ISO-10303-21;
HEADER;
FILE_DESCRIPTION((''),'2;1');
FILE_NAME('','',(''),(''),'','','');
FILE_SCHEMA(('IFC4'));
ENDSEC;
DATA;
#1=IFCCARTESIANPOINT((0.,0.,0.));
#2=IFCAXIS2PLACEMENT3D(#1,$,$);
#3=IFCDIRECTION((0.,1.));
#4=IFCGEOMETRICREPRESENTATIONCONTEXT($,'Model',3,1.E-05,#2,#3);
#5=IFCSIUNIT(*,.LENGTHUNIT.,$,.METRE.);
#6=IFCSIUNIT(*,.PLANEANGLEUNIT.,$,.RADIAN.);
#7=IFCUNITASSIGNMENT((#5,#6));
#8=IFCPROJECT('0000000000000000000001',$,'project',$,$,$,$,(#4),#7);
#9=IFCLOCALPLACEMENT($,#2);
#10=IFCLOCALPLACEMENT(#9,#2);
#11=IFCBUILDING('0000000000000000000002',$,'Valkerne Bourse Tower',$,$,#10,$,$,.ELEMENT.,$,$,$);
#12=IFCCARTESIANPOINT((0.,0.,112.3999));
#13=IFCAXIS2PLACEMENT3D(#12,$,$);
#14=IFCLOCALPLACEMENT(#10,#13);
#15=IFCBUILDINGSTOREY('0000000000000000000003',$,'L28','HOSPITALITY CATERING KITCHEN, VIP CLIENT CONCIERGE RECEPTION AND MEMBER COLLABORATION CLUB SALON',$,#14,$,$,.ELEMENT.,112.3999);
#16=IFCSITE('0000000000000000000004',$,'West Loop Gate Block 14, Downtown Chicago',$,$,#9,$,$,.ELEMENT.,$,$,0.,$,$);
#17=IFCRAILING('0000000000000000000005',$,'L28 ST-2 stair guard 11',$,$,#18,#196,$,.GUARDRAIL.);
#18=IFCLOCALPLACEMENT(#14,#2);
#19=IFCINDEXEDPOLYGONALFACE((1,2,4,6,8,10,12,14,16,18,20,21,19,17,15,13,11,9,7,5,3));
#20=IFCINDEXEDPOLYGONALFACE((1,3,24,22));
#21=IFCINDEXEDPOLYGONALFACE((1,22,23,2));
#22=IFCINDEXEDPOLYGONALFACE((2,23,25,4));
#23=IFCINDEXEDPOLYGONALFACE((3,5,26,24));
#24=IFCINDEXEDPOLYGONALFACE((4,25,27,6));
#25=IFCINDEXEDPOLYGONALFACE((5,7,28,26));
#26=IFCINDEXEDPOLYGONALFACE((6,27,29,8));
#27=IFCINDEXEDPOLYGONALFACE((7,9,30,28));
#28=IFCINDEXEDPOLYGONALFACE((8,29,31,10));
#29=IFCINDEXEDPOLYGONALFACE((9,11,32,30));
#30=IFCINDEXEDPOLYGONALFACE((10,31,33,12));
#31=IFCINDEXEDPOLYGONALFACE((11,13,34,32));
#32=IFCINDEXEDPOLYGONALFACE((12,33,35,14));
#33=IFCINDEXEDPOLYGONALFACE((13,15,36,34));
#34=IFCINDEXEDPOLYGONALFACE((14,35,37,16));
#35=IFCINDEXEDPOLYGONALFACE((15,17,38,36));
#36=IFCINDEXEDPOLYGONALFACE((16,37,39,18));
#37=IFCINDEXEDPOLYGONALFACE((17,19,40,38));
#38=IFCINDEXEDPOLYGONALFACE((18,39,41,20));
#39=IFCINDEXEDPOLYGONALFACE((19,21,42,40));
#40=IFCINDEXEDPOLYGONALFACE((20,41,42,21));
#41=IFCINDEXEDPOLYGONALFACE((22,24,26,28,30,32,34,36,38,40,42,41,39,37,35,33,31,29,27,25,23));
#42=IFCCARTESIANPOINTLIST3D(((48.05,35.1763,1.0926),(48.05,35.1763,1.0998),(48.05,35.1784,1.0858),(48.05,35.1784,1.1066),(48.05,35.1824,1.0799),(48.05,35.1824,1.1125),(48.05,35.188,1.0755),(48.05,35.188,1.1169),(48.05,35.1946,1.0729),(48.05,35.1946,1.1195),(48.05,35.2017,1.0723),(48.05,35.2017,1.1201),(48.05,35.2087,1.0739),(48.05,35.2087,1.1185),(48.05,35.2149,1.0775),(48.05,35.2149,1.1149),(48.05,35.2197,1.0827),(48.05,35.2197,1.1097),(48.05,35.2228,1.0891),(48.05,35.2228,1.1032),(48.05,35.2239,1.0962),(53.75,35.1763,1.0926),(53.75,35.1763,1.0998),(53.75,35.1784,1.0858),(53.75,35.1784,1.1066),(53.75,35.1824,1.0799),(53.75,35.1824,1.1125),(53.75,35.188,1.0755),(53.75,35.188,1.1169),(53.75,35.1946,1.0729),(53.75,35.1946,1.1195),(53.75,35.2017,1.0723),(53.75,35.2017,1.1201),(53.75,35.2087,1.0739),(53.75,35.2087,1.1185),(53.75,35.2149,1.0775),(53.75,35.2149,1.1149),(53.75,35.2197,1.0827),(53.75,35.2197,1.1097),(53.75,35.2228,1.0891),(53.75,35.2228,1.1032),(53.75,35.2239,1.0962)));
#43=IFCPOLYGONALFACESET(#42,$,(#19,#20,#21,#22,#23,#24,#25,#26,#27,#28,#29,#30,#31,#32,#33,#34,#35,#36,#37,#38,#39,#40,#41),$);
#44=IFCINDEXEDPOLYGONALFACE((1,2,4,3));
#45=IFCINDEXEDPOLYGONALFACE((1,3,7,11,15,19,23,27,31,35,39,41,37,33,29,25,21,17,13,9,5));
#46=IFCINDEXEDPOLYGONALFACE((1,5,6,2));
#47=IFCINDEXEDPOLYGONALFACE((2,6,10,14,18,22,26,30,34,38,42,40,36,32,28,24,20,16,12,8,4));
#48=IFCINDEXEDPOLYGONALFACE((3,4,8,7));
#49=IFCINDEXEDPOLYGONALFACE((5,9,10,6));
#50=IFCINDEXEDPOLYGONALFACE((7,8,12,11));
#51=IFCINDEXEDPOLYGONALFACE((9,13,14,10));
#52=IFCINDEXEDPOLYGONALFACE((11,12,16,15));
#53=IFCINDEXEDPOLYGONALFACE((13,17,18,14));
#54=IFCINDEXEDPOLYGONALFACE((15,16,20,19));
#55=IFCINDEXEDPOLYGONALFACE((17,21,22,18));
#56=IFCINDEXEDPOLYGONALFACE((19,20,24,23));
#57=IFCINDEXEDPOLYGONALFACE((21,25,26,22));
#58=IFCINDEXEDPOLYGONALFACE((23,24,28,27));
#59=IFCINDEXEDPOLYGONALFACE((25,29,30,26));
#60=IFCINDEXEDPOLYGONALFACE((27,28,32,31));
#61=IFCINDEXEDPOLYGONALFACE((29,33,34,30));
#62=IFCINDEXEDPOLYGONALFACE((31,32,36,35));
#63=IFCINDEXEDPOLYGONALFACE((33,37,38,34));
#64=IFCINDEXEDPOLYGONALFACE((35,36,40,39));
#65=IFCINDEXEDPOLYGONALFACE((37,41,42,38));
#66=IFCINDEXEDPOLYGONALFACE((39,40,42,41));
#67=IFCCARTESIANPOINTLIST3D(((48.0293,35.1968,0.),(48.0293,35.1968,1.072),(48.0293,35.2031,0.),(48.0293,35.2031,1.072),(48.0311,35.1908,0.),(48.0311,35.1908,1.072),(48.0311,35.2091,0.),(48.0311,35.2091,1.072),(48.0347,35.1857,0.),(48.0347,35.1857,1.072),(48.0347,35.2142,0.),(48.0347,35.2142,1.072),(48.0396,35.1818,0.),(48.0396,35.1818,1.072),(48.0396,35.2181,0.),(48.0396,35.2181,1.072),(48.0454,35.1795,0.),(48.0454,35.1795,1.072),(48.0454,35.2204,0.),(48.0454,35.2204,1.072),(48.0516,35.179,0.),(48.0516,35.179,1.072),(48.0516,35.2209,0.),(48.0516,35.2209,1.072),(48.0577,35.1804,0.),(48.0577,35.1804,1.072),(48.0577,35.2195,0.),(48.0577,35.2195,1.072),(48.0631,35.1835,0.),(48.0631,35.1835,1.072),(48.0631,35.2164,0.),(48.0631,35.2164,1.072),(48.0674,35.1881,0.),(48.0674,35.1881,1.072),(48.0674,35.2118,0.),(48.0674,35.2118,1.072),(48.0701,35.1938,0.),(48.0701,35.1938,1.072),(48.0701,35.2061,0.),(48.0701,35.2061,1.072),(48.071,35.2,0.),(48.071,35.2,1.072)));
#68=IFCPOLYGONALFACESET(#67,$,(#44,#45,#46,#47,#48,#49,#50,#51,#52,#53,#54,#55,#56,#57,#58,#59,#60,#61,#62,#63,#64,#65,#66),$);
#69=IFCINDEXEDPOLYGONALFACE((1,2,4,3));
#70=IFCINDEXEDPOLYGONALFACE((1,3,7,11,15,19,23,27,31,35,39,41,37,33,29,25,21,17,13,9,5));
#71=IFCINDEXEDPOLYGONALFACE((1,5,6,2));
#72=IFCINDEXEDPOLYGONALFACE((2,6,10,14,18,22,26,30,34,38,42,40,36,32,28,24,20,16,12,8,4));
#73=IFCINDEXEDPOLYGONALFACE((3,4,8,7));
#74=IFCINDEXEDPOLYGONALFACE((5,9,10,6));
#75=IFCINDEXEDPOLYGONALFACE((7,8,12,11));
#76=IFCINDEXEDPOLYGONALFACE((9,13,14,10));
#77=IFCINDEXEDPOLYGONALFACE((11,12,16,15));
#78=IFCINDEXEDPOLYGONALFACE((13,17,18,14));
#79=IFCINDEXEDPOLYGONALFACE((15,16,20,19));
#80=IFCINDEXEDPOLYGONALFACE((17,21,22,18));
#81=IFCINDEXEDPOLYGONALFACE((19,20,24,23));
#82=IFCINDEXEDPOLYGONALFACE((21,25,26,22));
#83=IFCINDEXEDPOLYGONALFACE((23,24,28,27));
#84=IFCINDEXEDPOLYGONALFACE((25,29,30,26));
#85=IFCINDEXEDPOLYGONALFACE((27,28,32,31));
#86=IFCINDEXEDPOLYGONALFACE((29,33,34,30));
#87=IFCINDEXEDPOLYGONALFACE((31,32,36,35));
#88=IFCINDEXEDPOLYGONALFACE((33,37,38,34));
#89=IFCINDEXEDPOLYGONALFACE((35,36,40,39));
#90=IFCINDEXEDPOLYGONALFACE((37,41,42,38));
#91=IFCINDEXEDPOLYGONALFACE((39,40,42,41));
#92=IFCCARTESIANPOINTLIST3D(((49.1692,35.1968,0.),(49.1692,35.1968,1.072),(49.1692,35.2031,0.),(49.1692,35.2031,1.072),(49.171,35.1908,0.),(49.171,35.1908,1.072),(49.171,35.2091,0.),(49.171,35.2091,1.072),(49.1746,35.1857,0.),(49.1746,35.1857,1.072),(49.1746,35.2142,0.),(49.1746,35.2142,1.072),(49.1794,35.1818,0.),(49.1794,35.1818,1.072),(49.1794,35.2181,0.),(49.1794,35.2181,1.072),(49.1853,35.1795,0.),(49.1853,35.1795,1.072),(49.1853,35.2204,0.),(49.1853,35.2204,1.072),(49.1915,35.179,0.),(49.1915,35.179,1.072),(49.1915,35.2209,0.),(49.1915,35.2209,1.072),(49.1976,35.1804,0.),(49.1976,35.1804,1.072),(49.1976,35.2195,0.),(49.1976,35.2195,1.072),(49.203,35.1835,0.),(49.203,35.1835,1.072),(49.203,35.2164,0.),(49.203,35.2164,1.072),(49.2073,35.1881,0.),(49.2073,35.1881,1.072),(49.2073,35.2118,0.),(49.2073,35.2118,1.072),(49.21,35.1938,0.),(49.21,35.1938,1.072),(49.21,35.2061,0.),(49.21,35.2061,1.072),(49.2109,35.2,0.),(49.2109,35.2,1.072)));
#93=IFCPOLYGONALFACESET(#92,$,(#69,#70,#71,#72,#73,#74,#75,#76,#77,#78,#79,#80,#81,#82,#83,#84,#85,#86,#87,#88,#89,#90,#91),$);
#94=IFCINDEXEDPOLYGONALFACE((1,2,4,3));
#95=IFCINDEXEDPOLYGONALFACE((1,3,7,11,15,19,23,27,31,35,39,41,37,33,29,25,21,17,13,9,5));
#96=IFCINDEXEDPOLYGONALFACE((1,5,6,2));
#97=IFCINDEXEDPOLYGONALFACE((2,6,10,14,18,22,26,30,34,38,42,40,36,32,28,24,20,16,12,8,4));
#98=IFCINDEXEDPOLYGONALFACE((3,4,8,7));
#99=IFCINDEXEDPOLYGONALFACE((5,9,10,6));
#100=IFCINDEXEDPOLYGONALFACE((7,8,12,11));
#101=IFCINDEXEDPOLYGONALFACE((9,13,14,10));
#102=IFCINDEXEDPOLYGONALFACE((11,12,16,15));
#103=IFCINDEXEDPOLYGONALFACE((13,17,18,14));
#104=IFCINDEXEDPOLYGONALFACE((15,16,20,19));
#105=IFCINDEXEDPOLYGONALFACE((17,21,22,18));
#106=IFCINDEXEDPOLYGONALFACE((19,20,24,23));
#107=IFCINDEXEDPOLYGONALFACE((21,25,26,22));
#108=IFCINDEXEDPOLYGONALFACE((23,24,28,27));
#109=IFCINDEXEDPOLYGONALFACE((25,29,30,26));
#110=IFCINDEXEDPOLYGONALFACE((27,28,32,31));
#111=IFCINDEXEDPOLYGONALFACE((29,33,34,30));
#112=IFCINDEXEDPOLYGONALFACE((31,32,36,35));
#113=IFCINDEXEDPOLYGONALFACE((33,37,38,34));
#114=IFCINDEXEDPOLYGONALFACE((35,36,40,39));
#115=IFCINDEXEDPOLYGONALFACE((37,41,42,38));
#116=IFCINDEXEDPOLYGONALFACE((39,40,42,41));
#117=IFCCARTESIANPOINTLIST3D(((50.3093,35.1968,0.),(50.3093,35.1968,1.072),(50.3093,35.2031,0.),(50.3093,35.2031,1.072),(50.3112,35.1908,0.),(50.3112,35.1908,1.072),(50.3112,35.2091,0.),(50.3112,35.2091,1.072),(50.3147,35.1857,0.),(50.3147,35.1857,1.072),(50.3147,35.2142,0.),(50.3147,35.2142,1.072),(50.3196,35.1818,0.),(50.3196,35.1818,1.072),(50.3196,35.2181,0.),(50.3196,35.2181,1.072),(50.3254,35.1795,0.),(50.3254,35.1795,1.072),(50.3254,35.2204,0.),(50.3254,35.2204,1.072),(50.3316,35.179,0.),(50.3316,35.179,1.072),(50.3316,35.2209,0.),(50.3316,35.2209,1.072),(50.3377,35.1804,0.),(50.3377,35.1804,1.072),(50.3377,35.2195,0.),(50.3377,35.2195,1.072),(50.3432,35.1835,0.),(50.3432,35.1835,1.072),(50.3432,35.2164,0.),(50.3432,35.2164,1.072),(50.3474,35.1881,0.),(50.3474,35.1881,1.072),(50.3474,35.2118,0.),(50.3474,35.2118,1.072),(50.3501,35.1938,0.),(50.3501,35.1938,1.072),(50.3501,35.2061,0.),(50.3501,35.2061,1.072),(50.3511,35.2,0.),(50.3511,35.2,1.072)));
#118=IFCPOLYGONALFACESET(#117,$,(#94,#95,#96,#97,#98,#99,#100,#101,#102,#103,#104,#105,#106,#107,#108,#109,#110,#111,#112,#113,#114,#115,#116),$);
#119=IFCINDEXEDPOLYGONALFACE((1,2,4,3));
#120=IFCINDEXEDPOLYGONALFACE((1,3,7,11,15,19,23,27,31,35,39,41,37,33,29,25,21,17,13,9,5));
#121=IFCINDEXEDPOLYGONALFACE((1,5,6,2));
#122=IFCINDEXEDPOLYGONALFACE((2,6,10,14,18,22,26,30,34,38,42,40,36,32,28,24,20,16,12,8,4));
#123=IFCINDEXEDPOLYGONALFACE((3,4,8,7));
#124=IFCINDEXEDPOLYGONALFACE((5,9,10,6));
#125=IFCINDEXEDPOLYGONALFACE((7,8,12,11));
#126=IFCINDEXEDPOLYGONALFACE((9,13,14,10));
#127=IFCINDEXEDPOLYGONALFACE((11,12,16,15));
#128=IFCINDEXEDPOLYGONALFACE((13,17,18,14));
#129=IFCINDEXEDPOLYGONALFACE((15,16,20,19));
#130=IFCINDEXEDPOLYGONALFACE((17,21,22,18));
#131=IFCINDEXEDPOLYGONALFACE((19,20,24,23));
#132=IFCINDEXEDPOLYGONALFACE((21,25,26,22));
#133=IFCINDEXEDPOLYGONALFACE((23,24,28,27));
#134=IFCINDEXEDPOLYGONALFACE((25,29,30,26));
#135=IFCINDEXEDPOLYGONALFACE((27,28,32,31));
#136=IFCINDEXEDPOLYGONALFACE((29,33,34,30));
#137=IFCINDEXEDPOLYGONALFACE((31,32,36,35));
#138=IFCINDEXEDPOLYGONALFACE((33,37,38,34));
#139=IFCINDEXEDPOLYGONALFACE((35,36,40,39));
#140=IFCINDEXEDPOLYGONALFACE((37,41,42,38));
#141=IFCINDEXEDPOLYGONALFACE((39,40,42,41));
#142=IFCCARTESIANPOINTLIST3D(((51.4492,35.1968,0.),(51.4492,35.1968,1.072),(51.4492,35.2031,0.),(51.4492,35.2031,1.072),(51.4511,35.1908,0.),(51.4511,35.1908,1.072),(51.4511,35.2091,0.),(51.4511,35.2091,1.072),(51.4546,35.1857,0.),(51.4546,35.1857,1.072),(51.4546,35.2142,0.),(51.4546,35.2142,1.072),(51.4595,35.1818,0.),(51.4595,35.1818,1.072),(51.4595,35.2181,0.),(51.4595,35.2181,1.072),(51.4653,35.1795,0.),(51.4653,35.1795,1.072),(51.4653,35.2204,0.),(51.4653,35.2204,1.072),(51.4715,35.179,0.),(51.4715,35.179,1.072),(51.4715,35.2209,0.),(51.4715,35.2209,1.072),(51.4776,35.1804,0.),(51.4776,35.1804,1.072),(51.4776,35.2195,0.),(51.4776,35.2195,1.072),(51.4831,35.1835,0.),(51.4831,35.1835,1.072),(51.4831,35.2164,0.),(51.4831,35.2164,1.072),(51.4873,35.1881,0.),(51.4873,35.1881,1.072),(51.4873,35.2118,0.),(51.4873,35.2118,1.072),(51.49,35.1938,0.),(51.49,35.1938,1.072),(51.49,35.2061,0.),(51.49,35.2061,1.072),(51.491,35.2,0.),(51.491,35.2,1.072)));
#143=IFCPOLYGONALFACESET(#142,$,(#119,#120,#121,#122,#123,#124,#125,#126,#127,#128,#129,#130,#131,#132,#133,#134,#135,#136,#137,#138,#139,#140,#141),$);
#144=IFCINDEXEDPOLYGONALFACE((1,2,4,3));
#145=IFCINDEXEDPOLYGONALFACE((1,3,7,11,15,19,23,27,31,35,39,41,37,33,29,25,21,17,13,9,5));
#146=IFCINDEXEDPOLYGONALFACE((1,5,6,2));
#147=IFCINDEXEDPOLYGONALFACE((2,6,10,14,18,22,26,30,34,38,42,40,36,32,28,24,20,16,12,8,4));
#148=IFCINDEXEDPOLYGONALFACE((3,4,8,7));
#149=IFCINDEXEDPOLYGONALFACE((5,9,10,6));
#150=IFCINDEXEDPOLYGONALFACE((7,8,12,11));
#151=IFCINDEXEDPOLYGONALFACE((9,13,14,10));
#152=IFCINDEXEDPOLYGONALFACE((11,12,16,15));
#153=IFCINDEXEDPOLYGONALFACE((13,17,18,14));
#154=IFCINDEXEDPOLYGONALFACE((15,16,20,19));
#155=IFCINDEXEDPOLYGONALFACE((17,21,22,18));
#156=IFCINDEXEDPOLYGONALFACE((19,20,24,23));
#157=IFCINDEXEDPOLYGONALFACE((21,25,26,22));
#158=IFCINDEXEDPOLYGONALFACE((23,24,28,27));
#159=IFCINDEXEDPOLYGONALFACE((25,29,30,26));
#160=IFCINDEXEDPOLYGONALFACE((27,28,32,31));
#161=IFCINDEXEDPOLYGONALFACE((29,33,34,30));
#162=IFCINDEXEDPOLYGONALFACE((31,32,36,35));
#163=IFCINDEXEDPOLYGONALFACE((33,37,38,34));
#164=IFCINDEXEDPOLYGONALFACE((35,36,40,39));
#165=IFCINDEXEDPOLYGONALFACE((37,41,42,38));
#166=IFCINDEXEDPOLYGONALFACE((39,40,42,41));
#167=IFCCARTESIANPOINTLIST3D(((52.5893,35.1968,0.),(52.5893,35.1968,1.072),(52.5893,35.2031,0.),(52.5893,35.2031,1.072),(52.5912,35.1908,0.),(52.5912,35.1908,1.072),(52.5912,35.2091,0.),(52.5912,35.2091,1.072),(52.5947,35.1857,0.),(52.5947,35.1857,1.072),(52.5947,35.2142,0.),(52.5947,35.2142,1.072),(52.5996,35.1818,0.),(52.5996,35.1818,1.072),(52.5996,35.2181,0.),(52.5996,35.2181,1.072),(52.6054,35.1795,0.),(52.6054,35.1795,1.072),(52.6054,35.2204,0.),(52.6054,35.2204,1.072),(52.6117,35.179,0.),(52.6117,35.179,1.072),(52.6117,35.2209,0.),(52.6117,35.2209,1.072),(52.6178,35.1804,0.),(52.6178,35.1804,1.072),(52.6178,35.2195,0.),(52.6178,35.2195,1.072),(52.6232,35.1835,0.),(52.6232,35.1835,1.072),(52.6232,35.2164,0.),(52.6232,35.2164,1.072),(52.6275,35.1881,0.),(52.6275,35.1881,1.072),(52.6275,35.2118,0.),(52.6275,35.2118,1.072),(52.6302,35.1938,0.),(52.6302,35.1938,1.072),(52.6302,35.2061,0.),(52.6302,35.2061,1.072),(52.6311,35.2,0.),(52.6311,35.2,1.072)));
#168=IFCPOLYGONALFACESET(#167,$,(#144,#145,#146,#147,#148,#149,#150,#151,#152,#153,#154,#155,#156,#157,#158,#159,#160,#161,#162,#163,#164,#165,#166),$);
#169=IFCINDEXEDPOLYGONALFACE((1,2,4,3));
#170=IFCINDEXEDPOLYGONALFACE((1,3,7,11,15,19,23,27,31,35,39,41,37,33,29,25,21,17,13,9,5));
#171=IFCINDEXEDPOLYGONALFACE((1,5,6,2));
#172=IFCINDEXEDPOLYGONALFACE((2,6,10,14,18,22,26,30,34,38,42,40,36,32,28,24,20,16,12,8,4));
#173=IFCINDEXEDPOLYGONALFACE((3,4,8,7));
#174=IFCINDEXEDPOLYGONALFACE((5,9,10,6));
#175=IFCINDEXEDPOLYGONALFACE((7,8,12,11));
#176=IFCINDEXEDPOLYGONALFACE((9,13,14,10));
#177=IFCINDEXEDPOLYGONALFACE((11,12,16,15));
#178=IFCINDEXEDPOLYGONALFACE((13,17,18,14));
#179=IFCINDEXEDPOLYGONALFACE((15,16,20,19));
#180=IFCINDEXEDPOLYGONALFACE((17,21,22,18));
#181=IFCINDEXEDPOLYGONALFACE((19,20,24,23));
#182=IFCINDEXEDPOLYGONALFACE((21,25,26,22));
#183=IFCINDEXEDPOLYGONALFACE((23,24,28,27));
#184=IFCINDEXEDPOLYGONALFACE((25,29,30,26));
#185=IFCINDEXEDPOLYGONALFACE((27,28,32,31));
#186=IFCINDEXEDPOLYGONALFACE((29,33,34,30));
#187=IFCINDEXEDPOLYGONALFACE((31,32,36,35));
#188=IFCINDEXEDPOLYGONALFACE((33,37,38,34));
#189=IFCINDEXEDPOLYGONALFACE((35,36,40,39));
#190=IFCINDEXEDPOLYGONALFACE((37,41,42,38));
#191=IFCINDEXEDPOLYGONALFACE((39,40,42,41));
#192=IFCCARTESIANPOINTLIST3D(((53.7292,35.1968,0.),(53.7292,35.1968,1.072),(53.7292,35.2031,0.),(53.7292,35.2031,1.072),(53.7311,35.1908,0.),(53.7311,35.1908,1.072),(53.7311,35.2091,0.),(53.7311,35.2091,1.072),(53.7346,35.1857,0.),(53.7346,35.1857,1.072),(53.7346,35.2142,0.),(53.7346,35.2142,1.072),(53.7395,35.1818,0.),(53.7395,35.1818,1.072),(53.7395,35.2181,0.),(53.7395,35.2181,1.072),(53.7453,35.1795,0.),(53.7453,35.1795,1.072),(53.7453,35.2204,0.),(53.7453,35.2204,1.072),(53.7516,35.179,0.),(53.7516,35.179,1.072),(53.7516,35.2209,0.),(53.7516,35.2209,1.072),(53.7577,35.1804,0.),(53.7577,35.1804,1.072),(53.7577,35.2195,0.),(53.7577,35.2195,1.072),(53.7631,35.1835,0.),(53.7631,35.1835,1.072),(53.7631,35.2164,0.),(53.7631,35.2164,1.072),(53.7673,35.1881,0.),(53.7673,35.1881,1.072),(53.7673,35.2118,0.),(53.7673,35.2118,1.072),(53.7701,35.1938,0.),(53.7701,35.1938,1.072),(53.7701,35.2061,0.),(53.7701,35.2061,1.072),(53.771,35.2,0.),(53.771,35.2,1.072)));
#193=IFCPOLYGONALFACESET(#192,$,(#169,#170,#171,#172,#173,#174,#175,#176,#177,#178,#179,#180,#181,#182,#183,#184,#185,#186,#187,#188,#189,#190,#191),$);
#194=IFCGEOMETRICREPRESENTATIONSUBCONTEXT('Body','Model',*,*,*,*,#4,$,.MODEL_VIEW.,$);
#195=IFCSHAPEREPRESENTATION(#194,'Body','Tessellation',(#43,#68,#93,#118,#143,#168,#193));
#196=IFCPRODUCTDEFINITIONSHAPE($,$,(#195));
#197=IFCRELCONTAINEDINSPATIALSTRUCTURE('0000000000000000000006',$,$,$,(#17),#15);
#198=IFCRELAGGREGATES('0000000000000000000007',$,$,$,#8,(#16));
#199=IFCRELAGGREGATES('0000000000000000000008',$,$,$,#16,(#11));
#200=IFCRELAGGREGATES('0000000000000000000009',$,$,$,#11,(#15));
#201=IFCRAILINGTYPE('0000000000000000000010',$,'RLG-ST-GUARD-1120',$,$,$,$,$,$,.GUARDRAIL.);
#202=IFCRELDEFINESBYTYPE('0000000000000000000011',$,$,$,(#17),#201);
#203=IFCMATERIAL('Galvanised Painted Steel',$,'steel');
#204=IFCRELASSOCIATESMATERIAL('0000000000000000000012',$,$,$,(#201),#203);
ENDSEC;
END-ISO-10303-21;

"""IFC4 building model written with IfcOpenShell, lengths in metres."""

from ifc_helpers import new_model, si_unit, direction, frame, origin, origin_2d, place, context, subcontext, project, spatial, circle, extrude, material, type_object, element, save


model = new_model("IFC4")

# Units and contexts
model_context = context("Model", 3, precision=1e-05, world=origin(), true_north=direction((0.0, 1.0)))
body_context = subcontext(model_context, "Body", "Model", "MODEL_VIEW")
ifc_project = project(units=[si_unit("LENGTHUNIT", "METRE"), si_unit("PLANEANGLEUNIT", "RADIAN")], contexts=[model_context])

# Site, building, storey
site_placement = place(None, origin())
site = spatial("IfcSite", under=ifc_project, at=site_placement, Name="West Loop Gate Block 14, Downtown Chicago", CompositionType="ELEMENT", RefElevation=0.0)
building_placement = place(site_placement, origin())
building = spatial("IfcBuilding", under=site, at=building_placement, Name="Valkerne Bourse Tower", CompositionType="ELEMENT")
storey_placement = place(building_placement, frame((0.0, 0.0, 112.3999)))
storey = spatial("IfcBuildingStorey", under=building, at=storey_placement, Name="L28", Description="HOSPITALITY CATERING KITCHEN, VIP CLIENT CONCIERGE RECEPTION AND MEMBER COLLABORATION CLUB SALON", CompositionType="ELEMENT", Elevation=112.3999)

# Shared definitions
ifc_material_1 = material(Name="Galvanised Painted Steel", Category="steel")

# Railing
railing_type_1 = type_object("IfcRailingType", Name="RLG-ST-GUARD-1120", PredefinedType="GUARDRAIL", material=ifc_material_1)
for number, where, name in (
    (1, (48.05, 35.2, 0.0), "L28 ST-2 stair guard 11"),
):
    element("IfcRailing", number, at=place(storey_placement, frame(where)), inside=storey, type_object=railing_type_1, Name=name, PredefinedType="GUARDRAIL", context=body_context, shape_type="SweptSolid", body=[
        extrude(circle(Radius=0.0239, at=origin_2d()), frame((0.0, 0.0, 1.0962), z_axis=(1.0, 0.0, 0.0), x_axis=(0.0, 1.0, 0.0)), (0.0, 0.0, 1.0), 5.7),
        extrude(circle(Radius=0.021, at=origin_2d()), origin(), (0.0, 0.0, 1.0), 1.072),
        extrude(circle(Radius=0.021, at=origin_2d()), frame((1.1399, 0.0, 0.0)), (0.0, 0.0, 1.0), 1.072),
        extrude(circle(Radius=0.021, at=origin_2d()), frame((2.28, 0.0, 0.0)), (0.0, 0.0, 1.0), 1.072),
        extrude(circle(Radius=0.021, at=origin_2d()), frame((3.4199, 0.0, 0.0)), (0.0, 0.0, 1.0), 1.072),
        extrude(circle(Radius=0.021, at=origin_2d()), frame((4.5601, 0.0, 0.0)), (0.0, 0.0, 1.0), 1.072),
        extrude(circle(Radius=0.021, at=origin_2d()), frame((5.7, 0.0, 0.0)), (0.0, 0.0, 1.0), 1.072),
    ])

save(model, "model.ifc")
